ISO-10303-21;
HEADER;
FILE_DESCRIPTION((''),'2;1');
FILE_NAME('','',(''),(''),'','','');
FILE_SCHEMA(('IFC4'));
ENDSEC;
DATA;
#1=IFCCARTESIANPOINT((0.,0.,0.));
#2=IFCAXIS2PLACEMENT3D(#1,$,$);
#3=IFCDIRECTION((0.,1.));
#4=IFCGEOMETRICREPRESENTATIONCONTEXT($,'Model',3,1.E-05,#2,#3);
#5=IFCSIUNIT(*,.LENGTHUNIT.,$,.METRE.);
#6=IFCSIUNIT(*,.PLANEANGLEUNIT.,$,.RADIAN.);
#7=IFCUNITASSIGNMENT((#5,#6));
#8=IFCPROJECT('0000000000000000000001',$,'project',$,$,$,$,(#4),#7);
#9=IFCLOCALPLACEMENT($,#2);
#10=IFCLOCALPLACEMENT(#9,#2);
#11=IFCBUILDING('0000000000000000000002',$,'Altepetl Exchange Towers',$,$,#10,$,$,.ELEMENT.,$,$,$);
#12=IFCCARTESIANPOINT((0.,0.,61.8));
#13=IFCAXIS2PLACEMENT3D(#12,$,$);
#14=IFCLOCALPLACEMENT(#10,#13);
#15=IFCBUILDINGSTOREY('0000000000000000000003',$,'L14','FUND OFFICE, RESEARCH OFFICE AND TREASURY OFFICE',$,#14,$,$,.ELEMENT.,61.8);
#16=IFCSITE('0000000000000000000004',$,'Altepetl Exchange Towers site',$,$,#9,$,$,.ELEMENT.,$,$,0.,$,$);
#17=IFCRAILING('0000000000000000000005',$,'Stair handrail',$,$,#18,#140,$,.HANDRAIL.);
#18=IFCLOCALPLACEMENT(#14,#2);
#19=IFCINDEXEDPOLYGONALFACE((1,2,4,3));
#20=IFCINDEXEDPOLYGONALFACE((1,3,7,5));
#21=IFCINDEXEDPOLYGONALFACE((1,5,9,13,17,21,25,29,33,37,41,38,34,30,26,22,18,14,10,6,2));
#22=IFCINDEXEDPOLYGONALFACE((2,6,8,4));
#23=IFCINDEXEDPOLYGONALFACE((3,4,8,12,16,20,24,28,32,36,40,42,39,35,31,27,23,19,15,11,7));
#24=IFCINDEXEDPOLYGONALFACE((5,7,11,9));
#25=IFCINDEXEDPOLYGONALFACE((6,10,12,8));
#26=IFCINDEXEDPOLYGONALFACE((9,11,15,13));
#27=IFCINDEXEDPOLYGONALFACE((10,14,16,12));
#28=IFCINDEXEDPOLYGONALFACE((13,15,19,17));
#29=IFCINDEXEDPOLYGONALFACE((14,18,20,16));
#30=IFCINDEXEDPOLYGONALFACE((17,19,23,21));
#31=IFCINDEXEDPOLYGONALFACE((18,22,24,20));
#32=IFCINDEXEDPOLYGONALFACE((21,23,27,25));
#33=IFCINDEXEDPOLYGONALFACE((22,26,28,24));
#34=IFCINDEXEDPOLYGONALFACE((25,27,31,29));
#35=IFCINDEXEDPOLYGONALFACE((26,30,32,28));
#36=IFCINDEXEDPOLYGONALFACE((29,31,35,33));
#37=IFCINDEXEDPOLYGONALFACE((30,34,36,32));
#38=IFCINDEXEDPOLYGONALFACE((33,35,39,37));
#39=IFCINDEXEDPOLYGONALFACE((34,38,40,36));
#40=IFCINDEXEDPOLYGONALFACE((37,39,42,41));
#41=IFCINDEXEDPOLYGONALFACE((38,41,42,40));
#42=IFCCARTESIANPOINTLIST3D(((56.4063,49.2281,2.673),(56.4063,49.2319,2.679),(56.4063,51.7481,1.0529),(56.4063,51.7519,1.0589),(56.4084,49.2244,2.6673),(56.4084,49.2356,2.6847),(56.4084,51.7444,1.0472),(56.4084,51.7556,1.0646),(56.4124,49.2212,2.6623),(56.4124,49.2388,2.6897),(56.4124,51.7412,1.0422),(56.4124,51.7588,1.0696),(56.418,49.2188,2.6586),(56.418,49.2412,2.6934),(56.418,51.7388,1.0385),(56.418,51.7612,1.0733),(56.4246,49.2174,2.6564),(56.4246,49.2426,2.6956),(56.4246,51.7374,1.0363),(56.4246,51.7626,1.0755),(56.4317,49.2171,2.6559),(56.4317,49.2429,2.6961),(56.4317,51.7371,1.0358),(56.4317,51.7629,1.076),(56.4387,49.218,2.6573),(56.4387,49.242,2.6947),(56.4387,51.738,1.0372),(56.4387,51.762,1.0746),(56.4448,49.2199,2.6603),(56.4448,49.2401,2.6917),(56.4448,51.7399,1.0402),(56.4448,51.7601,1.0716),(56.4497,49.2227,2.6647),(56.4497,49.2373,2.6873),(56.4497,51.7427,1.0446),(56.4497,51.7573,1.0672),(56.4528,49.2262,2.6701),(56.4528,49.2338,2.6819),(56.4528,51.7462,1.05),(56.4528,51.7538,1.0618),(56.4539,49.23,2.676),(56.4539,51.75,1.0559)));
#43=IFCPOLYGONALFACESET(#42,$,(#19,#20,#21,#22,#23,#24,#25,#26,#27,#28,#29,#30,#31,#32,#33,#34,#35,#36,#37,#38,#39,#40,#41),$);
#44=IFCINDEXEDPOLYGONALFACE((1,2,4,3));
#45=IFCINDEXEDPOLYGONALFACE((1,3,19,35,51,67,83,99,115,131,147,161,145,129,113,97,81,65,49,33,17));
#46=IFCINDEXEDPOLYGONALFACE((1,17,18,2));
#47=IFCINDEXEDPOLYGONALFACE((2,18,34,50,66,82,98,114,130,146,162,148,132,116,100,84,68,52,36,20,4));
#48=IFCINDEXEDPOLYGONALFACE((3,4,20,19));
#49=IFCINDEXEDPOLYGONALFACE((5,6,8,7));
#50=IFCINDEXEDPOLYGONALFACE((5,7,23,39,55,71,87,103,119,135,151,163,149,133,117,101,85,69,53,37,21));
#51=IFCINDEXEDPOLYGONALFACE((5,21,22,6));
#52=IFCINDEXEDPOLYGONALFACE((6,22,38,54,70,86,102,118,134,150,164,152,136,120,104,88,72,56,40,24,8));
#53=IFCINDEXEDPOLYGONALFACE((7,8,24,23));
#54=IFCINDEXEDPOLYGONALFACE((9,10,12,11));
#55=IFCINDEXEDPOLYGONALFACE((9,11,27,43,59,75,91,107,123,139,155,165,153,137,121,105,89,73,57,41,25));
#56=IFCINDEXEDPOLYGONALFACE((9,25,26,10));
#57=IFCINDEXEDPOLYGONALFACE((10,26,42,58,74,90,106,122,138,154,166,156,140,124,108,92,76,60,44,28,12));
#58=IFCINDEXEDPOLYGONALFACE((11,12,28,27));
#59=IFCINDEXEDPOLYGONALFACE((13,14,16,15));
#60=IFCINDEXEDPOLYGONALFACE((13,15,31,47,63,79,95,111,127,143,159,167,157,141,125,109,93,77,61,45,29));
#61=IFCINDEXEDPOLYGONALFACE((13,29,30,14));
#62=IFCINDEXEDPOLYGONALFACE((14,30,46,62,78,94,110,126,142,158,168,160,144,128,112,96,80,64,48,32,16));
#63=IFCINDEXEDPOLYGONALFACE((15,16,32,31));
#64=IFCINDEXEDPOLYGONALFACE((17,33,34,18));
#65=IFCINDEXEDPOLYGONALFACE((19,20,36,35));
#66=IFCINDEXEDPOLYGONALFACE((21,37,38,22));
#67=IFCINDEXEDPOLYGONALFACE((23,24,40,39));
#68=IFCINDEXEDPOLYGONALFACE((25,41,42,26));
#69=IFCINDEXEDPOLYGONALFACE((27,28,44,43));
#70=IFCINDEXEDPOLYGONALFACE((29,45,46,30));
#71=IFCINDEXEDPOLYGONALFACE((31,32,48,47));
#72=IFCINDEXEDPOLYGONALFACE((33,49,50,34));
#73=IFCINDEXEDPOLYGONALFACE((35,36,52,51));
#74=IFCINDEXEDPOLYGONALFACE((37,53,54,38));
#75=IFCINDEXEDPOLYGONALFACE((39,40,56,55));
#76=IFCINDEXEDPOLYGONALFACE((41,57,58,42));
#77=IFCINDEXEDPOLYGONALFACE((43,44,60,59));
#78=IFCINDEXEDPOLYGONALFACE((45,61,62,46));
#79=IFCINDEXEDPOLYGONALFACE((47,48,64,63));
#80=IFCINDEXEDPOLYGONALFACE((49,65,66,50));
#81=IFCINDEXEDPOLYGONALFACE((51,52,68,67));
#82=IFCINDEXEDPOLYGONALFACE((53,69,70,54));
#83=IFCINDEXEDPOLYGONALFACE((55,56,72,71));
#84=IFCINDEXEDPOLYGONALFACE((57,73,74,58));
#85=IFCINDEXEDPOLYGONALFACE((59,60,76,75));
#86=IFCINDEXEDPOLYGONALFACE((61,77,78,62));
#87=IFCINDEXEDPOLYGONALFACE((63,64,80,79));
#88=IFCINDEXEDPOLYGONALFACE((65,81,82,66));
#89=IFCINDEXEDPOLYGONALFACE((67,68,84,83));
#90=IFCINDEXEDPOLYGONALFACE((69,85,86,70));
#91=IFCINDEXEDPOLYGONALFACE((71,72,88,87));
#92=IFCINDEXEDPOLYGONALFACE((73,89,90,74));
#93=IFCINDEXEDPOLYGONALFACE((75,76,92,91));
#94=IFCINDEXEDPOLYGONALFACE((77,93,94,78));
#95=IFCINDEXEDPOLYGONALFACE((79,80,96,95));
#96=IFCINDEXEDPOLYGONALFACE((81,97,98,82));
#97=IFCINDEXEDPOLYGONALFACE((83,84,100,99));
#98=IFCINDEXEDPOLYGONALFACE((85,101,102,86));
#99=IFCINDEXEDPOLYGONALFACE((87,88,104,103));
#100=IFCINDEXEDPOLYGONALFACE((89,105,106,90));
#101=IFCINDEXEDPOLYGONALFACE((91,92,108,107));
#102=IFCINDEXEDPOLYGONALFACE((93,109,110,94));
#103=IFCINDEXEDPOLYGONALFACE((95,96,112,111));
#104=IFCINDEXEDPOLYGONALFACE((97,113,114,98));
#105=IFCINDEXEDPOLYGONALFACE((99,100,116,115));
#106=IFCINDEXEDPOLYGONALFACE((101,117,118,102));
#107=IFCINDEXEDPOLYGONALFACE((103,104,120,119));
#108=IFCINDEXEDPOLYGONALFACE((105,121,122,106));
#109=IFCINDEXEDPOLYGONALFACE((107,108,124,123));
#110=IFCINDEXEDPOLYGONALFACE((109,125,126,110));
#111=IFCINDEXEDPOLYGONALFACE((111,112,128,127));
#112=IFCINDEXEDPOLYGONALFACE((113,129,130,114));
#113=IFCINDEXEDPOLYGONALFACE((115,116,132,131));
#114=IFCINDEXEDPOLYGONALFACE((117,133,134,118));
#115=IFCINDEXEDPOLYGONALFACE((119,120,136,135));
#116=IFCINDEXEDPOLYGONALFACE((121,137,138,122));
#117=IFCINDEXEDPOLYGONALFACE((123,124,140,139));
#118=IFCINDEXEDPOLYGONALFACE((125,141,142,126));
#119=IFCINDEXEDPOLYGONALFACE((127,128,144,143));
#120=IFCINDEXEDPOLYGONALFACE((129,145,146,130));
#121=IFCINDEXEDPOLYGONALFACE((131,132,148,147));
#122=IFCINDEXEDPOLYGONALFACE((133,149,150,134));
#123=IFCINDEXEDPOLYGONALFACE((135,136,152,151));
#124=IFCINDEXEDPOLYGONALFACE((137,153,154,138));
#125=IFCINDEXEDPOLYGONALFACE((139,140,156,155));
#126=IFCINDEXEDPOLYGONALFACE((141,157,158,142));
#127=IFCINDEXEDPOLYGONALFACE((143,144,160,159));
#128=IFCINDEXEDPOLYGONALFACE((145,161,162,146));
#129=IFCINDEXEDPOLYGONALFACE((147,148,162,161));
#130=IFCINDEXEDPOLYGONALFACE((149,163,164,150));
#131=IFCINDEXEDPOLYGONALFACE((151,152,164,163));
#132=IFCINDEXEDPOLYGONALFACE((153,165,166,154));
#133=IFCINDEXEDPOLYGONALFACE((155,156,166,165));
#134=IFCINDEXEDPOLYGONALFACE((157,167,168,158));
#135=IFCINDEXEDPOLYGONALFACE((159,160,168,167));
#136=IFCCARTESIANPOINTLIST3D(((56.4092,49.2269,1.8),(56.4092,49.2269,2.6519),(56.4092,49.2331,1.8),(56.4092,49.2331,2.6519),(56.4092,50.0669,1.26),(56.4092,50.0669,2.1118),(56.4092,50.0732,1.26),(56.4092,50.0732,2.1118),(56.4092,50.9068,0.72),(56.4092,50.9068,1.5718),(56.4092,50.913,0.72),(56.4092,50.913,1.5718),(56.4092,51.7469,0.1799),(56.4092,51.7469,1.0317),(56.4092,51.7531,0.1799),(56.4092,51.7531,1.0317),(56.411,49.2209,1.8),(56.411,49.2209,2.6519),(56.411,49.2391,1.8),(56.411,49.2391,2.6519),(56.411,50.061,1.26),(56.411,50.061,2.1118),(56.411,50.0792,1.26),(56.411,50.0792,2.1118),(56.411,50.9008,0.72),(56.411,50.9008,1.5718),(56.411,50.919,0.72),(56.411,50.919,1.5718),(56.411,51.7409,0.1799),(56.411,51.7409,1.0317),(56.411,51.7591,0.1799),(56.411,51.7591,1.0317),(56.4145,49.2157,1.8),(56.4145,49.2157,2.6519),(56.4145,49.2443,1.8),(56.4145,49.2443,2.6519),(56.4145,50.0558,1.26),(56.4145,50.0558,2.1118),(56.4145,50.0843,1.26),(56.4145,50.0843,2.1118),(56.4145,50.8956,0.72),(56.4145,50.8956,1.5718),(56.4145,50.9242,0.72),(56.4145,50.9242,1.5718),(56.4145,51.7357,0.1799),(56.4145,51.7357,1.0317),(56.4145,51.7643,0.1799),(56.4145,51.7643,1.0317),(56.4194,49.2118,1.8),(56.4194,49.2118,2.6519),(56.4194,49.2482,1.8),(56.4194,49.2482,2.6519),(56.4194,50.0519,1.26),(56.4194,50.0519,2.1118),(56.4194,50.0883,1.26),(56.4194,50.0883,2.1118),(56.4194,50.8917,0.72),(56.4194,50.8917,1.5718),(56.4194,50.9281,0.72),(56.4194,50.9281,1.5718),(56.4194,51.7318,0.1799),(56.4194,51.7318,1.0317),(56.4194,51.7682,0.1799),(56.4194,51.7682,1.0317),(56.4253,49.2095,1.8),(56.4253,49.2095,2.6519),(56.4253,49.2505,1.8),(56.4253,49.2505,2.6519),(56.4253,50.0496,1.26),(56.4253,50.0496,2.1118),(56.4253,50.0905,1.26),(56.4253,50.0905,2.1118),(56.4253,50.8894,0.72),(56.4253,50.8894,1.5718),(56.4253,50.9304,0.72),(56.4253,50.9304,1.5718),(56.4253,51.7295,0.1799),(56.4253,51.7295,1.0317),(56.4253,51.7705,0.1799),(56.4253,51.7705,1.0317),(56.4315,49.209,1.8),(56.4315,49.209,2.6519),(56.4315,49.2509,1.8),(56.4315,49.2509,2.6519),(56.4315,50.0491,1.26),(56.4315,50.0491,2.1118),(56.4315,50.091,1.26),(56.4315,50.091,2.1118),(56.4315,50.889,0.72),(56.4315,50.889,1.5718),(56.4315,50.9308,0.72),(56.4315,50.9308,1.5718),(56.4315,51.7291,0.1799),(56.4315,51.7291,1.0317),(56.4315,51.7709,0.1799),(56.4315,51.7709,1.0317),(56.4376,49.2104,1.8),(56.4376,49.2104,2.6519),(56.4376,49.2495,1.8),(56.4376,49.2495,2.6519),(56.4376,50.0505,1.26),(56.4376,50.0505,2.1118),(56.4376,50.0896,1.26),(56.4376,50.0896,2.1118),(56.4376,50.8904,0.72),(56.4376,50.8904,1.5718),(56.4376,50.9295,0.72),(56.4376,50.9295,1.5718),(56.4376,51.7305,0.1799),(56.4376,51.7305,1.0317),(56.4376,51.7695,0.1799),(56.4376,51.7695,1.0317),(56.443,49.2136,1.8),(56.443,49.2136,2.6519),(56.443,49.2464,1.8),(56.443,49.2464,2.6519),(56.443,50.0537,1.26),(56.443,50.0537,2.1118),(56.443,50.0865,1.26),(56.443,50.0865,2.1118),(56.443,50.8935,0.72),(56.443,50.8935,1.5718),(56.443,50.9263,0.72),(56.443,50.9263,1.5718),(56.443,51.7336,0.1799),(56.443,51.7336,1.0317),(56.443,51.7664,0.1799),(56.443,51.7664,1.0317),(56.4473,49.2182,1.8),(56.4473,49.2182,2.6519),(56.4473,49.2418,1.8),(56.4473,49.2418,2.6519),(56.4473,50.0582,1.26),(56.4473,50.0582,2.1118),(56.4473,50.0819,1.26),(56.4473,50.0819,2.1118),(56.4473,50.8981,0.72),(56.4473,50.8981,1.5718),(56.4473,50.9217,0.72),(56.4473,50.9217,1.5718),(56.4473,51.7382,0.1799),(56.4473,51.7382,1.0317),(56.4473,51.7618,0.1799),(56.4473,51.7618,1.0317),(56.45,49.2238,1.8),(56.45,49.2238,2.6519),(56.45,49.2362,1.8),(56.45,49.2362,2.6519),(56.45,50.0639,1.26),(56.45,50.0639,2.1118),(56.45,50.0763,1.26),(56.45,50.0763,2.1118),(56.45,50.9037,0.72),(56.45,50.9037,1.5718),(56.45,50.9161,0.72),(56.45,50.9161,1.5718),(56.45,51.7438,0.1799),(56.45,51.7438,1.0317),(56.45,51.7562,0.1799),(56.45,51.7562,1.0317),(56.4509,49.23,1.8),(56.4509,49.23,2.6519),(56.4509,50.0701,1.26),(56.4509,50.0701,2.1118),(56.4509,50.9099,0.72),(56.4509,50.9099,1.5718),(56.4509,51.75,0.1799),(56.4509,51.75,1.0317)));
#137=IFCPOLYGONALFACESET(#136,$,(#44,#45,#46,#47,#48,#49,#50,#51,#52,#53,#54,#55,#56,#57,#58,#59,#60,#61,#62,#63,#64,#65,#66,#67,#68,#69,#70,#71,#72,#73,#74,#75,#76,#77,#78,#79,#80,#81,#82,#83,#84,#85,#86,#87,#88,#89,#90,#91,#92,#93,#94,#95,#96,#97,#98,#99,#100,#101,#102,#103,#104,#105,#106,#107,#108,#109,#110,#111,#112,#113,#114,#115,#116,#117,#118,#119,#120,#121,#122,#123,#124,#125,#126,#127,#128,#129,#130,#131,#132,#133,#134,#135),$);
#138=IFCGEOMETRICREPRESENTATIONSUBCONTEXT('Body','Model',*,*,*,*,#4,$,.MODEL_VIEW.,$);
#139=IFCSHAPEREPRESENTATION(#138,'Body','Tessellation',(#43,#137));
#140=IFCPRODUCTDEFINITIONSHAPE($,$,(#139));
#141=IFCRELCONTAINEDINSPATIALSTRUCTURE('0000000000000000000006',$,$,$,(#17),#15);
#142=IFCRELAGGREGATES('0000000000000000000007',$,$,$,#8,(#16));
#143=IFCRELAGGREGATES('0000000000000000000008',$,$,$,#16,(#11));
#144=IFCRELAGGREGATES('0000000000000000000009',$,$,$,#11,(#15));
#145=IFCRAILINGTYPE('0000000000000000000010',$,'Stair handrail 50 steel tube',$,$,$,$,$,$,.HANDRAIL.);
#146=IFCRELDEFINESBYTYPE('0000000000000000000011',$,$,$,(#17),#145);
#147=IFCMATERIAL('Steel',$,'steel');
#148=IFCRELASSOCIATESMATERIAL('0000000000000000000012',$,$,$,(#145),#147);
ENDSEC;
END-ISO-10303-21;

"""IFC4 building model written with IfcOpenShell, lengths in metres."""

from ifc_helpers import new_model, si_unit, direction, frame, origin, origin_2d, place, context, subcontext, project, spatial, circle, extrude, source, transform, mapped, material, type_object, element, save


model = new_model("IFC4")

# Units and contexts
model_context = context("Model", 3, precision=1e-05, world=origin(), true_north=direction((0.0, 1.0)))
body_context = subcontext(model_context, "Body", "Model", "MODEL_VIEW")
ifc_project = project(units=[si_unit("LENGTHUNIT", "METRE"), si_unit("PLANEANGLEUNIT", "RADIAN")], contexts=[model_context])

# Site, building, storey
site_placement = place(None, origin())
site = spatial("IfcSite", under=ifc_project, at=site_placement, Name="Altepetl Exchange Towers site", CompositionType="ELEMENT", RefElevation=0.0)
building_placement = place(site_placement, origin())
building = spatial("IfcBuilding", under=site, at=building_placement, Name="Altepetl Exchange Towers", CompositionType="ELEMENT")
storey_placement = place(building_placement, frame((0.0, 0.0, 61.8)))
storey = spatial("IfcBuildingStorey", under=building, at=storey_placement, Name="L14", Description="FUND OFFICE, RESEARCH OFFICE AND TREASURY OFFICE", CompositionType="ELEMENT", Elevation=61.8)

# Railing
ifc_material_1 = material(Name="Steel", Category="steel")
railing_type = type_object("IfcRailingType", Name="Stair handrail 50 steel tube", PredefinedType="HANDRAIL", material=ifc_material_1)
shared_shape = source(origin(), body_context, "Body", "SweptSolid", [
    extrude(circle(Radius=0.021, at=origin_2d()), origin(), (0.0, 0.0, 1.0), 0.8518),
])
railing_1_placement = place(storey_placement, frame((56.4299, 51.75, 0.1799)))
element("IfcRailing", 1, at=railing_1_placement, inside=storey, type_object=railing_type, Name="Stair handrail", PredefinedType="HANDRAIL", context=body_context, shape_type="SweptSolid", body=[
    extrude(circle(Radius=0.0239, at=origin_2d()), frame((0.0, 0.0, 0.876), z_axis=(0.0, -0.841163, 0.540782), x_axis=(1.0, 0.0, 0.0)), (0.0, 0.0, 1.0), 2.9958),
    mapped(shared_shape, transform((0.0, 0.0, 0.0))),
    mapped(shared_shape, transform((0.0, -0.8401, 0.54))),
    mapped(shared_shape, transform((0.0, -1.6799, 1.0801))),
    mapped(shared_shape, transform((0.0, -2.52, 1.6201))),
])

save(model, "model.ifc")
